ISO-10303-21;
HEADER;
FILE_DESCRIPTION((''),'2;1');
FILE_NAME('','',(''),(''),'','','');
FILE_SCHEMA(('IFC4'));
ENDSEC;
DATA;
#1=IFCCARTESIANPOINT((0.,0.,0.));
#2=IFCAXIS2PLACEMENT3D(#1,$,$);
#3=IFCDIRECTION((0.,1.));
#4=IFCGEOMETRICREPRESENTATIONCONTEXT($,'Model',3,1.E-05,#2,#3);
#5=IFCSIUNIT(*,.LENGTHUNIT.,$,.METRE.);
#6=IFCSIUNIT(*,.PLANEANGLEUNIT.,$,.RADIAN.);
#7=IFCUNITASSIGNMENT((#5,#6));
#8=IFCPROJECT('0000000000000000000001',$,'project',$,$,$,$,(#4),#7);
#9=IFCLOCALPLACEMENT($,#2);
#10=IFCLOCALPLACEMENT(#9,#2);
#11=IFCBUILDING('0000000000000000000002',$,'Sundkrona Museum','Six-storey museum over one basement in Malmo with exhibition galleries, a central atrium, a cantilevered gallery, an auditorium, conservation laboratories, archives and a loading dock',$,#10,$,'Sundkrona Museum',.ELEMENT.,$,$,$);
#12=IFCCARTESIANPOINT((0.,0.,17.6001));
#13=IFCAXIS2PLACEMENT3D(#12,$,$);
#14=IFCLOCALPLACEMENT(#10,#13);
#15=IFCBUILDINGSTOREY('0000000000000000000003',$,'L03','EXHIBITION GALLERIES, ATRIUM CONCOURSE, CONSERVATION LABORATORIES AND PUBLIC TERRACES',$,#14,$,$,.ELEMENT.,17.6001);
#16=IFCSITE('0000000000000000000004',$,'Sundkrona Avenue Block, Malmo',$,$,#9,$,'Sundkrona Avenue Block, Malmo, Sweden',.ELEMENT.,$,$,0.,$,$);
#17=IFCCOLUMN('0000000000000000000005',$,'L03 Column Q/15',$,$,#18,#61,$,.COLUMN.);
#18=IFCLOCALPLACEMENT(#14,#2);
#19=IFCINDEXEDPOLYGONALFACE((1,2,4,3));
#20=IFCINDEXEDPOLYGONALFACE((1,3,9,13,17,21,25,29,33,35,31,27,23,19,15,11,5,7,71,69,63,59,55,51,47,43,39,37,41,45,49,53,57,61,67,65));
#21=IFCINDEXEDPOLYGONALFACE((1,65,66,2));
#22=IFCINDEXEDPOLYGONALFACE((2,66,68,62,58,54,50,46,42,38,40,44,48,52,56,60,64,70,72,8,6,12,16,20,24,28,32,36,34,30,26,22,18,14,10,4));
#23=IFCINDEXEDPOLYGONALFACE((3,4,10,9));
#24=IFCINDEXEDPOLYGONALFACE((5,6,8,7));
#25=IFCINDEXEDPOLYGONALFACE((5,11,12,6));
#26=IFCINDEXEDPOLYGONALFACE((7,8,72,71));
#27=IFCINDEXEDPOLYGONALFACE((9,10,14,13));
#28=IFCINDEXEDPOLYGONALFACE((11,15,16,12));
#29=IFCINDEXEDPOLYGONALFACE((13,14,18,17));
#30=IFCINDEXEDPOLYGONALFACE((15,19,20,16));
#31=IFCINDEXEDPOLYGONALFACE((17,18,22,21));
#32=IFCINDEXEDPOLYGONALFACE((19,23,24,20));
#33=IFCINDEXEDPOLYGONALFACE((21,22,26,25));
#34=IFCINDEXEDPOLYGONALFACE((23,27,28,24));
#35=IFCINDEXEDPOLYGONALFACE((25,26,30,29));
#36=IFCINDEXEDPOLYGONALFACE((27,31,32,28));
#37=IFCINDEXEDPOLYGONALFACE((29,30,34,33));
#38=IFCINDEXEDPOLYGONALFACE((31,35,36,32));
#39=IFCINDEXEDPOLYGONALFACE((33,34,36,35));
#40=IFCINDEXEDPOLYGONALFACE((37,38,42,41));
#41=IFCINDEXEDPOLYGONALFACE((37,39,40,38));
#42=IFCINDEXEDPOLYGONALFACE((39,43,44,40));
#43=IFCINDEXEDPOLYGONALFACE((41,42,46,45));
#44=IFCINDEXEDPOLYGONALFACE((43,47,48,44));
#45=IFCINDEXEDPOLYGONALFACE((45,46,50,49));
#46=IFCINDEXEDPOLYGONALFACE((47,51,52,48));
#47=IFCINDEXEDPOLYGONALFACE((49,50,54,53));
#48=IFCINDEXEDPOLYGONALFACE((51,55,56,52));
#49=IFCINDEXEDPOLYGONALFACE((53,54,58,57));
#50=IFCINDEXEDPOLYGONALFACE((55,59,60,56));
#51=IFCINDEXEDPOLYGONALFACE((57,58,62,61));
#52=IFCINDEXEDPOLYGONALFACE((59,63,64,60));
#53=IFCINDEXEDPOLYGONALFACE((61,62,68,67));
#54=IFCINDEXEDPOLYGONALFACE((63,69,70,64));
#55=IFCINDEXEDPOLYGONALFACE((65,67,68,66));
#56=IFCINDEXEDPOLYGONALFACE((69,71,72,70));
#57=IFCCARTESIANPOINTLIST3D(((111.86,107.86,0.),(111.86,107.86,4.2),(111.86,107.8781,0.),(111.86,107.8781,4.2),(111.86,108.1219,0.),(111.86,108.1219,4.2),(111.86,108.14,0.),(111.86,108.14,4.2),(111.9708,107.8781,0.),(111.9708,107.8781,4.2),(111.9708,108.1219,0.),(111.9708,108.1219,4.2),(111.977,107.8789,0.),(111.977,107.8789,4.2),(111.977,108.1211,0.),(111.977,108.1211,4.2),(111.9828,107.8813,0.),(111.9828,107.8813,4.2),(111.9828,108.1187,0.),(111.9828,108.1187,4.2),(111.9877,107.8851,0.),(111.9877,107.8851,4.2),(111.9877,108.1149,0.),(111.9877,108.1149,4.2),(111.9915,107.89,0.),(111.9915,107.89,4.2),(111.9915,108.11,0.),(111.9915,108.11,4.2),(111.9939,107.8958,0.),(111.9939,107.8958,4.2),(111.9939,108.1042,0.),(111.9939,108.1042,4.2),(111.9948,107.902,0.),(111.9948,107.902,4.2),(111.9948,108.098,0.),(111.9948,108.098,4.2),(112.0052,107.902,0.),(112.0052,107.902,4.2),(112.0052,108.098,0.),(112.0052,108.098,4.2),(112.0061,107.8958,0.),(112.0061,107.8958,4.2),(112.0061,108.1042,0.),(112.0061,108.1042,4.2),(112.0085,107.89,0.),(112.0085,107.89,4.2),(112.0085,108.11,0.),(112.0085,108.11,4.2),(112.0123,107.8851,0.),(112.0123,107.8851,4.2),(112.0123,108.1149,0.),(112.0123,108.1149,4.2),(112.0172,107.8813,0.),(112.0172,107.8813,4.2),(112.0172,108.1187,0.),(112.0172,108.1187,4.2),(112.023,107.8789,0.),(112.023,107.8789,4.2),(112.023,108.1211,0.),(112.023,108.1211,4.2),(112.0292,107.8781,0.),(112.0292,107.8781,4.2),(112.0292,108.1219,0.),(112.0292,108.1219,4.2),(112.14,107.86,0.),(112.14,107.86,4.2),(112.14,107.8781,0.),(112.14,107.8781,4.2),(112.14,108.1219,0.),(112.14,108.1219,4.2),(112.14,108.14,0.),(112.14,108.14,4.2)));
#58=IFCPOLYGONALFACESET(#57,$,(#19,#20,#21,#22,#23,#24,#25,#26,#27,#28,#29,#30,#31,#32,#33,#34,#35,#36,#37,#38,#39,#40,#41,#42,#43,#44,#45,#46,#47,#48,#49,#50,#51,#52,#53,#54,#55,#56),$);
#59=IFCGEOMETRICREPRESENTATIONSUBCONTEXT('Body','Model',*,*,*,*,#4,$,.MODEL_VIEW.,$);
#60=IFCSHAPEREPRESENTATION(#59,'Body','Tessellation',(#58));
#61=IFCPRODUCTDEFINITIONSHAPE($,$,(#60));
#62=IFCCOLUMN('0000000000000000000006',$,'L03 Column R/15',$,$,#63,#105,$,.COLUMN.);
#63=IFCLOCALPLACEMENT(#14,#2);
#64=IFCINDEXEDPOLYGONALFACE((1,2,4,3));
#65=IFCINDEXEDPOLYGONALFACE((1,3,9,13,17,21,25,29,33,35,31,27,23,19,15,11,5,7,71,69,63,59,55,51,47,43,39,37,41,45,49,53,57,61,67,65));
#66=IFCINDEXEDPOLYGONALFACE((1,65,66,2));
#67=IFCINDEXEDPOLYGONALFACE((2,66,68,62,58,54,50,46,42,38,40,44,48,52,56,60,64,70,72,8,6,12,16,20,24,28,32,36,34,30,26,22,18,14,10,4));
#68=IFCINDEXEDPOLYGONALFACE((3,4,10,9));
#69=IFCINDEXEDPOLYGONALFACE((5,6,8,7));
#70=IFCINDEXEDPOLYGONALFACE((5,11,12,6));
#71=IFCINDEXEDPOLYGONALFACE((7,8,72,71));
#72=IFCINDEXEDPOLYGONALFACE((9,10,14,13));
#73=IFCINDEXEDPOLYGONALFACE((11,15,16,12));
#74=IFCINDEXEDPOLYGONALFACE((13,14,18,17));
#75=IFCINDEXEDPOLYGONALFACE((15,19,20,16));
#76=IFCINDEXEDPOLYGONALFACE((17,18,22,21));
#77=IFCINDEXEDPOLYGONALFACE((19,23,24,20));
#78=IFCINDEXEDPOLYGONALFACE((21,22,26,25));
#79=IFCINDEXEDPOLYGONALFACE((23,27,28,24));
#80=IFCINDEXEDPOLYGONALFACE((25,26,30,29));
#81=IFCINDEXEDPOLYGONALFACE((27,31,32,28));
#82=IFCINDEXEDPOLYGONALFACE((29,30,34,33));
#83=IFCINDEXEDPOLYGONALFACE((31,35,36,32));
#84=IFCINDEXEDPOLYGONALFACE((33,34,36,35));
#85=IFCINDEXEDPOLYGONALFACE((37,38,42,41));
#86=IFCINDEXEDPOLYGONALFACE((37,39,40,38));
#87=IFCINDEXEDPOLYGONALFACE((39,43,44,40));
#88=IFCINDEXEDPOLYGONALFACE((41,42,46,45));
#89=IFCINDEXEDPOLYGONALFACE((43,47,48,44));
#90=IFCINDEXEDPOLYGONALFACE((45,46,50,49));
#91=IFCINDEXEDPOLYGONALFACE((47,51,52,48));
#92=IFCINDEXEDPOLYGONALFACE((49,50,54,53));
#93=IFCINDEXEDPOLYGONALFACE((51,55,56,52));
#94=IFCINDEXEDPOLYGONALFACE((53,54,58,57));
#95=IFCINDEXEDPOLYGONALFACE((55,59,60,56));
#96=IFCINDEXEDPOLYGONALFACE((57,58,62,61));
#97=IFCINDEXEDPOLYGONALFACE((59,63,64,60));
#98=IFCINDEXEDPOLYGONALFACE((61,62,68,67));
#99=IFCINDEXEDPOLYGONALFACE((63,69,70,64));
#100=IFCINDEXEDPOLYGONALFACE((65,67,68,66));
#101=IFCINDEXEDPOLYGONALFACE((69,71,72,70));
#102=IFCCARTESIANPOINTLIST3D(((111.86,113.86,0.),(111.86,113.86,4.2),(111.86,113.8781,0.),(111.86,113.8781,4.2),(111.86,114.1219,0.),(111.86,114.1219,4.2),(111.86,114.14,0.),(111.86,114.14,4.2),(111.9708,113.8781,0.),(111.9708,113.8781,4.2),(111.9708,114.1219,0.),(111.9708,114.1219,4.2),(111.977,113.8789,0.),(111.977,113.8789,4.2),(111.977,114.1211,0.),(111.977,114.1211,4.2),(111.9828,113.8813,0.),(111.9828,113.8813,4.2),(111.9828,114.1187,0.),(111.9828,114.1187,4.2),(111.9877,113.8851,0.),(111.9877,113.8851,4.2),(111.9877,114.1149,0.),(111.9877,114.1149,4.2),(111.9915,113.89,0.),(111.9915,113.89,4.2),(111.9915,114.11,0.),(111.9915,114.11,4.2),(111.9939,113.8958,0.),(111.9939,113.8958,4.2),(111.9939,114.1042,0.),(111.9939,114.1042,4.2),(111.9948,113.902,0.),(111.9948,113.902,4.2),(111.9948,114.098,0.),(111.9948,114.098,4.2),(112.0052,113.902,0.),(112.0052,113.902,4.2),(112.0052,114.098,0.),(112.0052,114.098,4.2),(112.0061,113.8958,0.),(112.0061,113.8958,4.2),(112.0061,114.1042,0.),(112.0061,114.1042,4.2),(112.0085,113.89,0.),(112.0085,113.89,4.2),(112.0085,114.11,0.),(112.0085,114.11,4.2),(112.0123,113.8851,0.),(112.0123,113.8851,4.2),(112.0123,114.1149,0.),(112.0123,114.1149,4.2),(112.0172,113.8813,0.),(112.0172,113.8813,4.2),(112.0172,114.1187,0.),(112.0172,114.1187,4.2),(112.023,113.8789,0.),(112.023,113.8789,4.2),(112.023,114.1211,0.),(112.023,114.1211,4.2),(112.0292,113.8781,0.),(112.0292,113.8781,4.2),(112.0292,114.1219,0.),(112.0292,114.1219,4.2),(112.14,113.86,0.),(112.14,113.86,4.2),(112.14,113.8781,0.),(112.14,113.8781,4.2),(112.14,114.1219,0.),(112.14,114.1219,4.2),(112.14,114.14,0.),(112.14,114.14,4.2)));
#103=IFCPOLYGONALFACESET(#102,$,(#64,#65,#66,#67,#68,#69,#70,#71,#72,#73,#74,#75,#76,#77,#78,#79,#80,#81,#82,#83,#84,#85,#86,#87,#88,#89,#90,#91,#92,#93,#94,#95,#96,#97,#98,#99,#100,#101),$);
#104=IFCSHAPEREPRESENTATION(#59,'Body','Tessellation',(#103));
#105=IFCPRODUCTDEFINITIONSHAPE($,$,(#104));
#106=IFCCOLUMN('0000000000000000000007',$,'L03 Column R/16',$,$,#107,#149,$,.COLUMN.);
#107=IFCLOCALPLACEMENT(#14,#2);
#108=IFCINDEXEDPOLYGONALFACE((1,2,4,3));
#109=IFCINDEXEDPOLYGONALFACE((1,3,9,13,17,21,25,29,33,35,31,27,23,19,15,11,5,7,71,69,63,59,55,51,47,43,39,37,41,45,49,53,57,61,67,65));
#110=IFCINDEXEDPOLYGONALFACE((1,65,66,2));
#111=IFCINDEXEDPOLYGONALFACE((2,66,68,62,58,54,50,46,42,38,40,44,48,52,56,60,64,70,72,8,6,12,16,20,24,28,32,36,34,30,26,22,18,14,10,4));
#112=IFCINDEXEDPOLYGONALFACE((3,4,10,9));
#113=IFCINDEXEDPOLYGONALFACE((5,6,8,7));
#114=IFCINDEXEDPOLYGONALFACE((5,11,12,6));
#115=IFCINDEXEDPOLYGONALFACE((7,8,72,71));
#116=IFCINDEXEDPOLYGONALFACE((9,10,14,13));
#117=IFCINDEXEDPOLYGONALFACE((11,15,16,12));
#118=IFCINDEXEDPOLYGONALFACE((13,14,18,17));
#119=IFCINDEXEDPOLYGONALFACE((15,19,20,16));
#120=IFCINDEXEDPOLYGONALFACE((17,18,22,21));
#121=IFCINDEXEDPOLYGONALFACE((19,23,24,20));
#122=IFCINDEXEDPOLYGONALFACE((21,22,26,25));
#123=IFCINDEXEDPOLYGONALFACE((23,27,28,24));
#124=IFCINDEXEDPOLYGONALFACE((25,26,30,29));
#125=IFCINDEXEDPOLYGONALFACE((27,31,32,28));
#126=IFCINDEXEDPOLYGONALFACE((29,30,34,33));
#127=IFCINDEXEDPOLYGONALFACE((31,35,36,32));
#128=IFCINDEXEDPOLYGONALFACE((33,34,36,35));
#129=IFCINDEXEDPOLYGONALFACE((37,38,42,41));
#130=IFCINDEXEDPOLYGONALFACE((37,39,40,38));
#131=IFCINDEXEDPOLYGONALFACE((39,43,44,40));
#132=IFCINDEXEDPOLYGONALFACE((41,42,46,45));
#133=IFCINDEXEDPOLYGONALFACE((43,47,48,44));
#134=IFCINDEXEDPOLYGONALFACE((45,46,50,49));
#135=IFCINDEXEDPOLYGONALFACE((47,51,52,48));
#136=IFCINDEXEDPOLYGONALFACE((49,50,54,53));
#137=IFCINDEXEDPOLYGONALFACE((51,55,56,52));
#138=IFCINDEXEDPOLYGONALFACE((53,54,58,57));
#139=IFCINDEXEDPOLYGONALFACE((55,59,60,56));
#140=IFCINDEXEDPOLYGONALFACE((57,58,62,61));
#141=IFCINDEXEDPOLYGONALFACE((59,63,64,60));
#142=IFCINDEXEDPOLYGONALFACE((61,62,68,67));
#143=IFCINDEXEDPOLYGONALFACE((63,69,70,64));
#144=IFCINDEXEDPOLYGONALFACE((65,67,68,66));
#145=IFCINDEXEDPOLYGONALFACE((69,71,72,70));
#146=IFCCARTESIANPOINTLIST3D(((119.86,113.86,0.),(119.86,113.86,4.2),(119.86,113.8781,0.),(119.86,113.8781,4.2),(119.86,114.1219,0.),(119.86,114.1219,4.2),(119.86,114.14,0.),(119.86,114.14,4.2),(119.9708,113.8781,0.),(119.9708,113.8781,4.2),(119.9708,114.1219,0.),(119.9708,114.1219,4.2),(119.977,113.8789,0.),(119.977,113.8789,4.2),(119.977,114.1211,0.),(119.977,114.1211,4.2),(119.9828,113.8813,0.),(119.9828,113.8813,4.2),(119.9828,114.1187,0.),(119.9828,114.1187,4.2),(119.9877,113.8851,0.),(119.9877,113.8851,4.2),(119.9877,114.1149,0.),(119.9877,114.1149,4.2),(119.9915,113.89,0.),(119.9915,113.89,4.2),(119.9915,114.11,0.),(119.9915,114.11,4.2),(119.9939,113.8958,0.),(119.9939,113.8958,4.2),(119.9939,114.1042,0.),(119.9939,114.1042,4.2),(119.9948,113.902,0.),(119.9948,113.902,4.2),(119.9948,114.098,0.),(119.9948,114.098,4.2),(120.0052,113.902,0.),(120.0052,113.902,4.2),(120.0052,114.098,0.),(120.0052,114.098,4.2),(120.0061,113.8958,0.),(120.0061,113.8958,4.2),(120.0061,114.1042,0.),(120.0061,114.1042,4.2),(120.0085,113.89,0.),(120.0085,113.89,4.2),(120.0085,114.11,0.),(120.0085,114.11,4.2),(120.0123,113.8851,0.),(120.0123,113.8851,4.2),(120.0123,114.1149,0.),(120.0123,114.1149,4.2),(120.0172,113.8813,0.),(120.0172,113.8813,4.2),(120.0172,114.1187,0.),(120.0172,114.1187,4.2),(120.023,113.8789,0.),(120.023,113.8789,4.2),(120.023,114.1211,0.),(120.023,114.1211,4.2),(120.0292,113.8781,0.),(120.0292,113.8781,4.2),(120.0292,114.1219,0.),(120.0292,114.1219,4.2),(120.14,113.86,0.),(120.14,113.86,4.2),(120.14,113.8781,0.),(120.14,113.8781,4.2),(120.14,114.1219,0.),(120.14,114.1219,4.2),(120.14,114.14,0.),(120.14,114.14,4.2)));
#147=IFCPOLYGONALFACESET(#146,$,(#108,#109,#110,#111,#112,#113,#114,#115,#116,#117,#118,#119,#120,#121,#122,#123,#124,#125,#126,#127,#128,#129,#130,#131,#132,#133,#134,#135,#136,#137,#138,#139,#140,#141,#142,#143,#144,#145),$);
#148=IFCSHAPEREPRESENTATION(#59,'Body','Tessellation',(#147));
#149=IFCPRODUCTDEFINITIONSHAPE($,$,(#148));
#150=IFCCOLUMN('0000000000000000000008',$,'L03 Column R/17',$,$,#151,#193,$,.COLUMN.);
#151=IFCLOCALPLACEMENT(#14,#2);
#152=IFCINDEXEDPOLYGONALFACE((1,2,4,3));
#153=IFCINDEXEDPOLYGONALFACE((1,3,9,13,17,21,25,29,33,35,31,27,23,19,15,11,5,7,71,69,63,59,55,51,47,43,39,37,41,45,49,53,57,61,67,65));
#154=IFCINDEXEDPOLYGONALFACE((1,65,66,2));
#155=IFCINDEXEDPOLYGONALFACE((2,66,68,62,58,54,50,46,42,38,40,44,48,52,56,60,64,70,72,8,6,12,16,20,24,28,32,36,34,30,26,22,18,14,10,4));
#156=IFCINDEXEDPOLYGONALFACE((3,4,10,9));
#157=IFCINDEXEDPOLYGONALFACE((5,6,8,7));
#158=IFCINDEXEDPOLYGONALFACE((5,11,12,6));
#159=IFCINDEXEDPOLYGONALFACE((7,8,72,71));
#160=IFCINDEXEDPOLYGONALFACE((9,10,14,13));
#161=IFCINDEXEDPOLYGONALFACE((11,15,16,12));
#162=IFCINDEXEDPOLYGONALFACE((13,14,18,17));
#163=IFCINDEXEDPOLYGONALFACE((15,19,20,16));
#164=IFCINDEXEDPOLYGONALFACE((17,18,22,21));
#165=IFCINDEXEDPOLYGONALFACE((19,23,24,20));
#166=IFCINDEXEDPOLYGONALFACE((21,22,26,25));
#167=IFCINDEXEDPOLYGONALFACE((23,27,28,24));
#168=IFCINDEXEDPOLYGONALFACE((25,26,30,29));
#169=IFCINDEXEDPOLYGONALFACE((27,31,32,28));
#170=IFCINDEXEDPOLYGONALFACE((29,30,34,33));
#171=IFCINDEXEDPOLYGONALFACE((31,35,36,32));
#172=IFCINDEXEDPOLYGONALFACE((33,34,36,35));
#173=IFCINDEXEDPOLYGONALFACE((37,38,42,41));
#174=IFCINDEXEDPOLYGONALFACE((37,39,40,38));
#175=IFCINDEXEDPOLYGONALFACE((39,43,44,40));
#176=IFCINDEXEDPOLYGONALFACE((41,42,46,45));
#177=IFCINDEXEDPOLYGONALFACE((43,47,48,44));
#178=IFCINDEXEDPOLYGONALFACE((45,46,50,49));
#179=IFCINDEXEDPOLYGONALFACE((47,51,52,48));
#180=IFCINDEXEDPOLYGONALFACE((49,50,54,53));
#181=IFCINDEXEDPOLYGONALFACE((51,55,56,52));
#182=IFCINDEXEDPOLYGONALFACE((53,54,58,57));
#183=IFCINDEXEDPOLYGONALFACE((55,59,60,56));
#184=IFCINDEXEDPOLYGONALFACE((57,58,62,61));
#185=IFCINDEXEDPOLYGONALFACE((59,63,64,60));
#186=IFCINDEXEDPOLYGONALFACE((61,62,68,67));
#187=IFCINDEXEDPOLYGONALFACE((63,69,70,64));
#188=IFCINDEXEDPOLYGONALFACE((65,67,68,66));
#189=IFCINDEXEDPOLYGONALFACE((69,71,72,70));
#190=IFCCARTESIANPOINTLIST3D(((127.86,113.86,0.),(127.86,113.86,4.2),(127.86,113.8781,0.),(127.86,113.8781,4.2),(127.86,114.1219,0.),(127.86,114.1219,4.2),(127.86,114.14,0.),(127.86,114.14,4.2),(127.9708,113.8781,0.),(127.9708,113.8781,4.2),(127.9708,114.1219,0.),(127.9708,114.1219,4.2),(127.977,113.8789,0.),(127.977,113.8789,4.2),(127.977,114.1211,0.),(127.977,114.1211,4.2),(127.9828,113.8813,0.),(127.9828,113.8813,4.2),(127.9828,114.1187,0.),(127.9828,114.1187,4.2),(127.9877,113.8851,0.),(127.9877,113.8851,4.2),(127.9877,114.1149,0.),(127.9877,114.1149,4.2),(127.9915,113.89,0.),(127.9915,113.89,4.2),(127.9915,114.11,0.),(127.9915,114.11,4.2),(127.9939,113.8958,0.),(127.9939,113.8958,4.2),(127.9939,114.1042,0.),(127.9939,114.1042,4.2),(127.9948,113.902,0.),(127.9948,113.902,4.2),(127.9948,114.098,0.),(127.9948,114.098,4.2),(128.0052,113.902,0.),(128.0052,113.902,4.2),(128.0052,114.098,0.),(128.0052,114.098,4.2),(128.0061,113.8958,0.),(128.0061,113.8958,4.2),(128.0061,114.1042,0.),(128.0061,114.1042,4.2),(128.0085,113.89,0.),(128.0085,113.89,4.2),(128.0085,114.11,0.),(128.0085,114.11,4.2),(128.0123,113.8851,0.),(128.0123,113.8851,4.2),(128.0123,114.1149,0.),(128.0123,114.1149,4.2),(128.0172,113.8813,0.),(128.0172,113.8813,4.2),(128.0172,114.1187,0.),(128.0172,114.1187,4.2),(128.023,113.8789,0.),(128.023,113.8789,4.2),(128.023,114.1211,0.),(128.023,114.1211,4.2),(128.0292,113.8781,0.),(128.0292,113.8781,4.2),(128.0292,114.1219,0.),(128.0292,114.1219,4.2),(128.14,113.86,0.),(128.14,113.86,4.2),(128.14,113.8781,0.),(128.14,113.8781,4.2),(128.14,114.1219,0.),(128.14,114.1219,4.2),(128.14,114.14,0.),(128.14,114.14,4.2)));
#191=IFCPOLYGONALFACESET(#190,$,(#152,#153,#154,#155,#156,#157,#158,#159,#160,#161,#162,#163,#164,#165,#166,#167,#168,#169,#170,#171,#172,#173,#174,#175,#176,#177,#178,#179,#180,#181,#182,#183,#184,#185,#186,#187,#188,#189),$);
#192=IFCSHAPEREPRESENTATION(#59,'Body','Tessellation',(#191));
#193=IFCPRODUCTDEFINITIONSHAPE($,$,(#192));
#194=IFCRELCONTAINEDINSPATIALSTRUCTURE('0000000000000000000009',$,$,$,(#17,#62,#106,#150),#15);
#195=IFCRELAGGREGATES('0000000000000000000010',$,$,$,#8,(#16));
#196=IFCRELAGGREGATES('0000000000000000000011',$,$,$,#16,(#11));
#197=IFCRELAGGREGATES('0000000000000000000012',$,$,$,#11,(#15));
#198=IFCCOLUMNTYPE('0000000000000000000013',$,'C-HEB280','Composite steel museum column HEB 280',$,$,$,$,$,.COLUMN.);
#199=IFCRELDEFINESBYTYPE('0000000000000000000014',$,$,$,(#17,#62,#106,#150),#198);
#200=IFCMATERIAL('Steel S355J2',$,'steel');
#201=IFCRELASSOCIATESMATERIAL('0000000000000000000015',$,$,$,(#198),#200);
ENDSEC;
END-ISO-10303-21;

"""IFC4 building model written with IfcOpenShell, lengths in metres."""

from ifc_helpers import new_model, si_unit, direction, frame, origin, origin_2d, place, context, subcontext, project, spatial, i_section, extrude, material, material_profile, profile_set, type_object, element, save


model = new_model("IFC4")

# Units and contexts
model_context = context("Model", 3, precision=1e-05, world=origin(), true_north=direction((0.0, 1.0)))
body_context = subcontext(model_context, "Body", "Model", "MODEL_VIEW")
ifc_project = project(units=[si_unit("LENGTHUNIT", "METRE"), si_unit("PLANEANGLEUNIT", "RADIAN")], contexts=[model_context])

# Site, building, storey
site_placement = place(None, origin())
site = spatial("IfcSite", under=ifc_project, at=site_placement, Name="Sundkrona Avenue Block, Malmo", LongName="Sundkrona Avenue Block, Malmo, Sweden", CompositionType="ELEMENT", RefElevation=0.0)
building_placement = place(site_placement, origin())
building = spatial("IfcBuilding", under=site, at=building_placement, Name="Sundkrona Museum", Description="Six-storey museum over one basement in Malmo with exhibition galleries, a central atrium, a cantilevered gallery, an auditorium, conservation laboratories, archives and a loading dock", LongName="Sundkrona Museum", CompositionType="ELEMENT")
storey_placement = place(building_placement, frame((0.0, 0.0, 17.6001)))
storey = spatial("IfcBuildingStorey", under=building, at=storey_placement, Name="L03", Description="EXHIBITION GALLERIES, ATRIUM CONCOURSE, CONSERVATION LABORATORIES AND PUBLIC TERRACES", CompositionType="ELEMENT", Elevation=17.6001)

# Columns
ifc_material_1 = material(Name="Steel S355J2", Category="steel")
ifc_material_profile = material_profile(ifc_material_1, i_section(OverallWidth=0.28, OverallDepth=0.28, WebThickness=0.0105, FlangeThickness=0.0181, FilletRadius=0.0239, at=origin_2d()), Name="HEB 280")
ifc_profile_set = profile_set([ifc_material_profile], Name="Steel S355J2")
column_type = type_object("IfcColumnType", Name="C-HEB280", Description="Composite steel museum column HEB 280", PredefinedType="COLUMN", material=ifc_profile_set)
for number, where, z_axis, x_axis, name in (
    (1, (112.0, 108.0, 0.0), (0.0, 0.0, 1.0), (1.0, 0.0, 0.0), "L03 Column Q/15"),
    (2, (112.0, 114.0, 0.0), (0.0, 0.0, 1.0), (1.0, 0.0, 0.0), "L03 Column R/15"),
    (3, (120.0, 114.0, 0.0), (0.0, 0.0, 1.0), (1.0, 0.0, 0.0), "L03 Column R/16"),
    (4, (128.0, 114.0, 0.0), (0.0, 0.0, 1.0), (1.0, 0.0, 0.0), "L03 Column R/17"),
):
    element("IfcColumn", number, at=place(storey_placement, frame(where, z_axis=z_axis, x_axis=x_axis)), inside=storey, type_object=column_type, Name=name, PredefinedType="COLUMN", context=body_context, shape_type="SweptSolid", body=[
        extrude(i_section(OverallWidth=0.28, OverallDepth=0.28, WebThickness=0.0105, FlangeThickness=0.0181, FilletRadius=0.0239, at=origin_2d()), origin(), (0.0, 0.0, 1.0), 4.2),
    ])

save(model, "model.ifc")
